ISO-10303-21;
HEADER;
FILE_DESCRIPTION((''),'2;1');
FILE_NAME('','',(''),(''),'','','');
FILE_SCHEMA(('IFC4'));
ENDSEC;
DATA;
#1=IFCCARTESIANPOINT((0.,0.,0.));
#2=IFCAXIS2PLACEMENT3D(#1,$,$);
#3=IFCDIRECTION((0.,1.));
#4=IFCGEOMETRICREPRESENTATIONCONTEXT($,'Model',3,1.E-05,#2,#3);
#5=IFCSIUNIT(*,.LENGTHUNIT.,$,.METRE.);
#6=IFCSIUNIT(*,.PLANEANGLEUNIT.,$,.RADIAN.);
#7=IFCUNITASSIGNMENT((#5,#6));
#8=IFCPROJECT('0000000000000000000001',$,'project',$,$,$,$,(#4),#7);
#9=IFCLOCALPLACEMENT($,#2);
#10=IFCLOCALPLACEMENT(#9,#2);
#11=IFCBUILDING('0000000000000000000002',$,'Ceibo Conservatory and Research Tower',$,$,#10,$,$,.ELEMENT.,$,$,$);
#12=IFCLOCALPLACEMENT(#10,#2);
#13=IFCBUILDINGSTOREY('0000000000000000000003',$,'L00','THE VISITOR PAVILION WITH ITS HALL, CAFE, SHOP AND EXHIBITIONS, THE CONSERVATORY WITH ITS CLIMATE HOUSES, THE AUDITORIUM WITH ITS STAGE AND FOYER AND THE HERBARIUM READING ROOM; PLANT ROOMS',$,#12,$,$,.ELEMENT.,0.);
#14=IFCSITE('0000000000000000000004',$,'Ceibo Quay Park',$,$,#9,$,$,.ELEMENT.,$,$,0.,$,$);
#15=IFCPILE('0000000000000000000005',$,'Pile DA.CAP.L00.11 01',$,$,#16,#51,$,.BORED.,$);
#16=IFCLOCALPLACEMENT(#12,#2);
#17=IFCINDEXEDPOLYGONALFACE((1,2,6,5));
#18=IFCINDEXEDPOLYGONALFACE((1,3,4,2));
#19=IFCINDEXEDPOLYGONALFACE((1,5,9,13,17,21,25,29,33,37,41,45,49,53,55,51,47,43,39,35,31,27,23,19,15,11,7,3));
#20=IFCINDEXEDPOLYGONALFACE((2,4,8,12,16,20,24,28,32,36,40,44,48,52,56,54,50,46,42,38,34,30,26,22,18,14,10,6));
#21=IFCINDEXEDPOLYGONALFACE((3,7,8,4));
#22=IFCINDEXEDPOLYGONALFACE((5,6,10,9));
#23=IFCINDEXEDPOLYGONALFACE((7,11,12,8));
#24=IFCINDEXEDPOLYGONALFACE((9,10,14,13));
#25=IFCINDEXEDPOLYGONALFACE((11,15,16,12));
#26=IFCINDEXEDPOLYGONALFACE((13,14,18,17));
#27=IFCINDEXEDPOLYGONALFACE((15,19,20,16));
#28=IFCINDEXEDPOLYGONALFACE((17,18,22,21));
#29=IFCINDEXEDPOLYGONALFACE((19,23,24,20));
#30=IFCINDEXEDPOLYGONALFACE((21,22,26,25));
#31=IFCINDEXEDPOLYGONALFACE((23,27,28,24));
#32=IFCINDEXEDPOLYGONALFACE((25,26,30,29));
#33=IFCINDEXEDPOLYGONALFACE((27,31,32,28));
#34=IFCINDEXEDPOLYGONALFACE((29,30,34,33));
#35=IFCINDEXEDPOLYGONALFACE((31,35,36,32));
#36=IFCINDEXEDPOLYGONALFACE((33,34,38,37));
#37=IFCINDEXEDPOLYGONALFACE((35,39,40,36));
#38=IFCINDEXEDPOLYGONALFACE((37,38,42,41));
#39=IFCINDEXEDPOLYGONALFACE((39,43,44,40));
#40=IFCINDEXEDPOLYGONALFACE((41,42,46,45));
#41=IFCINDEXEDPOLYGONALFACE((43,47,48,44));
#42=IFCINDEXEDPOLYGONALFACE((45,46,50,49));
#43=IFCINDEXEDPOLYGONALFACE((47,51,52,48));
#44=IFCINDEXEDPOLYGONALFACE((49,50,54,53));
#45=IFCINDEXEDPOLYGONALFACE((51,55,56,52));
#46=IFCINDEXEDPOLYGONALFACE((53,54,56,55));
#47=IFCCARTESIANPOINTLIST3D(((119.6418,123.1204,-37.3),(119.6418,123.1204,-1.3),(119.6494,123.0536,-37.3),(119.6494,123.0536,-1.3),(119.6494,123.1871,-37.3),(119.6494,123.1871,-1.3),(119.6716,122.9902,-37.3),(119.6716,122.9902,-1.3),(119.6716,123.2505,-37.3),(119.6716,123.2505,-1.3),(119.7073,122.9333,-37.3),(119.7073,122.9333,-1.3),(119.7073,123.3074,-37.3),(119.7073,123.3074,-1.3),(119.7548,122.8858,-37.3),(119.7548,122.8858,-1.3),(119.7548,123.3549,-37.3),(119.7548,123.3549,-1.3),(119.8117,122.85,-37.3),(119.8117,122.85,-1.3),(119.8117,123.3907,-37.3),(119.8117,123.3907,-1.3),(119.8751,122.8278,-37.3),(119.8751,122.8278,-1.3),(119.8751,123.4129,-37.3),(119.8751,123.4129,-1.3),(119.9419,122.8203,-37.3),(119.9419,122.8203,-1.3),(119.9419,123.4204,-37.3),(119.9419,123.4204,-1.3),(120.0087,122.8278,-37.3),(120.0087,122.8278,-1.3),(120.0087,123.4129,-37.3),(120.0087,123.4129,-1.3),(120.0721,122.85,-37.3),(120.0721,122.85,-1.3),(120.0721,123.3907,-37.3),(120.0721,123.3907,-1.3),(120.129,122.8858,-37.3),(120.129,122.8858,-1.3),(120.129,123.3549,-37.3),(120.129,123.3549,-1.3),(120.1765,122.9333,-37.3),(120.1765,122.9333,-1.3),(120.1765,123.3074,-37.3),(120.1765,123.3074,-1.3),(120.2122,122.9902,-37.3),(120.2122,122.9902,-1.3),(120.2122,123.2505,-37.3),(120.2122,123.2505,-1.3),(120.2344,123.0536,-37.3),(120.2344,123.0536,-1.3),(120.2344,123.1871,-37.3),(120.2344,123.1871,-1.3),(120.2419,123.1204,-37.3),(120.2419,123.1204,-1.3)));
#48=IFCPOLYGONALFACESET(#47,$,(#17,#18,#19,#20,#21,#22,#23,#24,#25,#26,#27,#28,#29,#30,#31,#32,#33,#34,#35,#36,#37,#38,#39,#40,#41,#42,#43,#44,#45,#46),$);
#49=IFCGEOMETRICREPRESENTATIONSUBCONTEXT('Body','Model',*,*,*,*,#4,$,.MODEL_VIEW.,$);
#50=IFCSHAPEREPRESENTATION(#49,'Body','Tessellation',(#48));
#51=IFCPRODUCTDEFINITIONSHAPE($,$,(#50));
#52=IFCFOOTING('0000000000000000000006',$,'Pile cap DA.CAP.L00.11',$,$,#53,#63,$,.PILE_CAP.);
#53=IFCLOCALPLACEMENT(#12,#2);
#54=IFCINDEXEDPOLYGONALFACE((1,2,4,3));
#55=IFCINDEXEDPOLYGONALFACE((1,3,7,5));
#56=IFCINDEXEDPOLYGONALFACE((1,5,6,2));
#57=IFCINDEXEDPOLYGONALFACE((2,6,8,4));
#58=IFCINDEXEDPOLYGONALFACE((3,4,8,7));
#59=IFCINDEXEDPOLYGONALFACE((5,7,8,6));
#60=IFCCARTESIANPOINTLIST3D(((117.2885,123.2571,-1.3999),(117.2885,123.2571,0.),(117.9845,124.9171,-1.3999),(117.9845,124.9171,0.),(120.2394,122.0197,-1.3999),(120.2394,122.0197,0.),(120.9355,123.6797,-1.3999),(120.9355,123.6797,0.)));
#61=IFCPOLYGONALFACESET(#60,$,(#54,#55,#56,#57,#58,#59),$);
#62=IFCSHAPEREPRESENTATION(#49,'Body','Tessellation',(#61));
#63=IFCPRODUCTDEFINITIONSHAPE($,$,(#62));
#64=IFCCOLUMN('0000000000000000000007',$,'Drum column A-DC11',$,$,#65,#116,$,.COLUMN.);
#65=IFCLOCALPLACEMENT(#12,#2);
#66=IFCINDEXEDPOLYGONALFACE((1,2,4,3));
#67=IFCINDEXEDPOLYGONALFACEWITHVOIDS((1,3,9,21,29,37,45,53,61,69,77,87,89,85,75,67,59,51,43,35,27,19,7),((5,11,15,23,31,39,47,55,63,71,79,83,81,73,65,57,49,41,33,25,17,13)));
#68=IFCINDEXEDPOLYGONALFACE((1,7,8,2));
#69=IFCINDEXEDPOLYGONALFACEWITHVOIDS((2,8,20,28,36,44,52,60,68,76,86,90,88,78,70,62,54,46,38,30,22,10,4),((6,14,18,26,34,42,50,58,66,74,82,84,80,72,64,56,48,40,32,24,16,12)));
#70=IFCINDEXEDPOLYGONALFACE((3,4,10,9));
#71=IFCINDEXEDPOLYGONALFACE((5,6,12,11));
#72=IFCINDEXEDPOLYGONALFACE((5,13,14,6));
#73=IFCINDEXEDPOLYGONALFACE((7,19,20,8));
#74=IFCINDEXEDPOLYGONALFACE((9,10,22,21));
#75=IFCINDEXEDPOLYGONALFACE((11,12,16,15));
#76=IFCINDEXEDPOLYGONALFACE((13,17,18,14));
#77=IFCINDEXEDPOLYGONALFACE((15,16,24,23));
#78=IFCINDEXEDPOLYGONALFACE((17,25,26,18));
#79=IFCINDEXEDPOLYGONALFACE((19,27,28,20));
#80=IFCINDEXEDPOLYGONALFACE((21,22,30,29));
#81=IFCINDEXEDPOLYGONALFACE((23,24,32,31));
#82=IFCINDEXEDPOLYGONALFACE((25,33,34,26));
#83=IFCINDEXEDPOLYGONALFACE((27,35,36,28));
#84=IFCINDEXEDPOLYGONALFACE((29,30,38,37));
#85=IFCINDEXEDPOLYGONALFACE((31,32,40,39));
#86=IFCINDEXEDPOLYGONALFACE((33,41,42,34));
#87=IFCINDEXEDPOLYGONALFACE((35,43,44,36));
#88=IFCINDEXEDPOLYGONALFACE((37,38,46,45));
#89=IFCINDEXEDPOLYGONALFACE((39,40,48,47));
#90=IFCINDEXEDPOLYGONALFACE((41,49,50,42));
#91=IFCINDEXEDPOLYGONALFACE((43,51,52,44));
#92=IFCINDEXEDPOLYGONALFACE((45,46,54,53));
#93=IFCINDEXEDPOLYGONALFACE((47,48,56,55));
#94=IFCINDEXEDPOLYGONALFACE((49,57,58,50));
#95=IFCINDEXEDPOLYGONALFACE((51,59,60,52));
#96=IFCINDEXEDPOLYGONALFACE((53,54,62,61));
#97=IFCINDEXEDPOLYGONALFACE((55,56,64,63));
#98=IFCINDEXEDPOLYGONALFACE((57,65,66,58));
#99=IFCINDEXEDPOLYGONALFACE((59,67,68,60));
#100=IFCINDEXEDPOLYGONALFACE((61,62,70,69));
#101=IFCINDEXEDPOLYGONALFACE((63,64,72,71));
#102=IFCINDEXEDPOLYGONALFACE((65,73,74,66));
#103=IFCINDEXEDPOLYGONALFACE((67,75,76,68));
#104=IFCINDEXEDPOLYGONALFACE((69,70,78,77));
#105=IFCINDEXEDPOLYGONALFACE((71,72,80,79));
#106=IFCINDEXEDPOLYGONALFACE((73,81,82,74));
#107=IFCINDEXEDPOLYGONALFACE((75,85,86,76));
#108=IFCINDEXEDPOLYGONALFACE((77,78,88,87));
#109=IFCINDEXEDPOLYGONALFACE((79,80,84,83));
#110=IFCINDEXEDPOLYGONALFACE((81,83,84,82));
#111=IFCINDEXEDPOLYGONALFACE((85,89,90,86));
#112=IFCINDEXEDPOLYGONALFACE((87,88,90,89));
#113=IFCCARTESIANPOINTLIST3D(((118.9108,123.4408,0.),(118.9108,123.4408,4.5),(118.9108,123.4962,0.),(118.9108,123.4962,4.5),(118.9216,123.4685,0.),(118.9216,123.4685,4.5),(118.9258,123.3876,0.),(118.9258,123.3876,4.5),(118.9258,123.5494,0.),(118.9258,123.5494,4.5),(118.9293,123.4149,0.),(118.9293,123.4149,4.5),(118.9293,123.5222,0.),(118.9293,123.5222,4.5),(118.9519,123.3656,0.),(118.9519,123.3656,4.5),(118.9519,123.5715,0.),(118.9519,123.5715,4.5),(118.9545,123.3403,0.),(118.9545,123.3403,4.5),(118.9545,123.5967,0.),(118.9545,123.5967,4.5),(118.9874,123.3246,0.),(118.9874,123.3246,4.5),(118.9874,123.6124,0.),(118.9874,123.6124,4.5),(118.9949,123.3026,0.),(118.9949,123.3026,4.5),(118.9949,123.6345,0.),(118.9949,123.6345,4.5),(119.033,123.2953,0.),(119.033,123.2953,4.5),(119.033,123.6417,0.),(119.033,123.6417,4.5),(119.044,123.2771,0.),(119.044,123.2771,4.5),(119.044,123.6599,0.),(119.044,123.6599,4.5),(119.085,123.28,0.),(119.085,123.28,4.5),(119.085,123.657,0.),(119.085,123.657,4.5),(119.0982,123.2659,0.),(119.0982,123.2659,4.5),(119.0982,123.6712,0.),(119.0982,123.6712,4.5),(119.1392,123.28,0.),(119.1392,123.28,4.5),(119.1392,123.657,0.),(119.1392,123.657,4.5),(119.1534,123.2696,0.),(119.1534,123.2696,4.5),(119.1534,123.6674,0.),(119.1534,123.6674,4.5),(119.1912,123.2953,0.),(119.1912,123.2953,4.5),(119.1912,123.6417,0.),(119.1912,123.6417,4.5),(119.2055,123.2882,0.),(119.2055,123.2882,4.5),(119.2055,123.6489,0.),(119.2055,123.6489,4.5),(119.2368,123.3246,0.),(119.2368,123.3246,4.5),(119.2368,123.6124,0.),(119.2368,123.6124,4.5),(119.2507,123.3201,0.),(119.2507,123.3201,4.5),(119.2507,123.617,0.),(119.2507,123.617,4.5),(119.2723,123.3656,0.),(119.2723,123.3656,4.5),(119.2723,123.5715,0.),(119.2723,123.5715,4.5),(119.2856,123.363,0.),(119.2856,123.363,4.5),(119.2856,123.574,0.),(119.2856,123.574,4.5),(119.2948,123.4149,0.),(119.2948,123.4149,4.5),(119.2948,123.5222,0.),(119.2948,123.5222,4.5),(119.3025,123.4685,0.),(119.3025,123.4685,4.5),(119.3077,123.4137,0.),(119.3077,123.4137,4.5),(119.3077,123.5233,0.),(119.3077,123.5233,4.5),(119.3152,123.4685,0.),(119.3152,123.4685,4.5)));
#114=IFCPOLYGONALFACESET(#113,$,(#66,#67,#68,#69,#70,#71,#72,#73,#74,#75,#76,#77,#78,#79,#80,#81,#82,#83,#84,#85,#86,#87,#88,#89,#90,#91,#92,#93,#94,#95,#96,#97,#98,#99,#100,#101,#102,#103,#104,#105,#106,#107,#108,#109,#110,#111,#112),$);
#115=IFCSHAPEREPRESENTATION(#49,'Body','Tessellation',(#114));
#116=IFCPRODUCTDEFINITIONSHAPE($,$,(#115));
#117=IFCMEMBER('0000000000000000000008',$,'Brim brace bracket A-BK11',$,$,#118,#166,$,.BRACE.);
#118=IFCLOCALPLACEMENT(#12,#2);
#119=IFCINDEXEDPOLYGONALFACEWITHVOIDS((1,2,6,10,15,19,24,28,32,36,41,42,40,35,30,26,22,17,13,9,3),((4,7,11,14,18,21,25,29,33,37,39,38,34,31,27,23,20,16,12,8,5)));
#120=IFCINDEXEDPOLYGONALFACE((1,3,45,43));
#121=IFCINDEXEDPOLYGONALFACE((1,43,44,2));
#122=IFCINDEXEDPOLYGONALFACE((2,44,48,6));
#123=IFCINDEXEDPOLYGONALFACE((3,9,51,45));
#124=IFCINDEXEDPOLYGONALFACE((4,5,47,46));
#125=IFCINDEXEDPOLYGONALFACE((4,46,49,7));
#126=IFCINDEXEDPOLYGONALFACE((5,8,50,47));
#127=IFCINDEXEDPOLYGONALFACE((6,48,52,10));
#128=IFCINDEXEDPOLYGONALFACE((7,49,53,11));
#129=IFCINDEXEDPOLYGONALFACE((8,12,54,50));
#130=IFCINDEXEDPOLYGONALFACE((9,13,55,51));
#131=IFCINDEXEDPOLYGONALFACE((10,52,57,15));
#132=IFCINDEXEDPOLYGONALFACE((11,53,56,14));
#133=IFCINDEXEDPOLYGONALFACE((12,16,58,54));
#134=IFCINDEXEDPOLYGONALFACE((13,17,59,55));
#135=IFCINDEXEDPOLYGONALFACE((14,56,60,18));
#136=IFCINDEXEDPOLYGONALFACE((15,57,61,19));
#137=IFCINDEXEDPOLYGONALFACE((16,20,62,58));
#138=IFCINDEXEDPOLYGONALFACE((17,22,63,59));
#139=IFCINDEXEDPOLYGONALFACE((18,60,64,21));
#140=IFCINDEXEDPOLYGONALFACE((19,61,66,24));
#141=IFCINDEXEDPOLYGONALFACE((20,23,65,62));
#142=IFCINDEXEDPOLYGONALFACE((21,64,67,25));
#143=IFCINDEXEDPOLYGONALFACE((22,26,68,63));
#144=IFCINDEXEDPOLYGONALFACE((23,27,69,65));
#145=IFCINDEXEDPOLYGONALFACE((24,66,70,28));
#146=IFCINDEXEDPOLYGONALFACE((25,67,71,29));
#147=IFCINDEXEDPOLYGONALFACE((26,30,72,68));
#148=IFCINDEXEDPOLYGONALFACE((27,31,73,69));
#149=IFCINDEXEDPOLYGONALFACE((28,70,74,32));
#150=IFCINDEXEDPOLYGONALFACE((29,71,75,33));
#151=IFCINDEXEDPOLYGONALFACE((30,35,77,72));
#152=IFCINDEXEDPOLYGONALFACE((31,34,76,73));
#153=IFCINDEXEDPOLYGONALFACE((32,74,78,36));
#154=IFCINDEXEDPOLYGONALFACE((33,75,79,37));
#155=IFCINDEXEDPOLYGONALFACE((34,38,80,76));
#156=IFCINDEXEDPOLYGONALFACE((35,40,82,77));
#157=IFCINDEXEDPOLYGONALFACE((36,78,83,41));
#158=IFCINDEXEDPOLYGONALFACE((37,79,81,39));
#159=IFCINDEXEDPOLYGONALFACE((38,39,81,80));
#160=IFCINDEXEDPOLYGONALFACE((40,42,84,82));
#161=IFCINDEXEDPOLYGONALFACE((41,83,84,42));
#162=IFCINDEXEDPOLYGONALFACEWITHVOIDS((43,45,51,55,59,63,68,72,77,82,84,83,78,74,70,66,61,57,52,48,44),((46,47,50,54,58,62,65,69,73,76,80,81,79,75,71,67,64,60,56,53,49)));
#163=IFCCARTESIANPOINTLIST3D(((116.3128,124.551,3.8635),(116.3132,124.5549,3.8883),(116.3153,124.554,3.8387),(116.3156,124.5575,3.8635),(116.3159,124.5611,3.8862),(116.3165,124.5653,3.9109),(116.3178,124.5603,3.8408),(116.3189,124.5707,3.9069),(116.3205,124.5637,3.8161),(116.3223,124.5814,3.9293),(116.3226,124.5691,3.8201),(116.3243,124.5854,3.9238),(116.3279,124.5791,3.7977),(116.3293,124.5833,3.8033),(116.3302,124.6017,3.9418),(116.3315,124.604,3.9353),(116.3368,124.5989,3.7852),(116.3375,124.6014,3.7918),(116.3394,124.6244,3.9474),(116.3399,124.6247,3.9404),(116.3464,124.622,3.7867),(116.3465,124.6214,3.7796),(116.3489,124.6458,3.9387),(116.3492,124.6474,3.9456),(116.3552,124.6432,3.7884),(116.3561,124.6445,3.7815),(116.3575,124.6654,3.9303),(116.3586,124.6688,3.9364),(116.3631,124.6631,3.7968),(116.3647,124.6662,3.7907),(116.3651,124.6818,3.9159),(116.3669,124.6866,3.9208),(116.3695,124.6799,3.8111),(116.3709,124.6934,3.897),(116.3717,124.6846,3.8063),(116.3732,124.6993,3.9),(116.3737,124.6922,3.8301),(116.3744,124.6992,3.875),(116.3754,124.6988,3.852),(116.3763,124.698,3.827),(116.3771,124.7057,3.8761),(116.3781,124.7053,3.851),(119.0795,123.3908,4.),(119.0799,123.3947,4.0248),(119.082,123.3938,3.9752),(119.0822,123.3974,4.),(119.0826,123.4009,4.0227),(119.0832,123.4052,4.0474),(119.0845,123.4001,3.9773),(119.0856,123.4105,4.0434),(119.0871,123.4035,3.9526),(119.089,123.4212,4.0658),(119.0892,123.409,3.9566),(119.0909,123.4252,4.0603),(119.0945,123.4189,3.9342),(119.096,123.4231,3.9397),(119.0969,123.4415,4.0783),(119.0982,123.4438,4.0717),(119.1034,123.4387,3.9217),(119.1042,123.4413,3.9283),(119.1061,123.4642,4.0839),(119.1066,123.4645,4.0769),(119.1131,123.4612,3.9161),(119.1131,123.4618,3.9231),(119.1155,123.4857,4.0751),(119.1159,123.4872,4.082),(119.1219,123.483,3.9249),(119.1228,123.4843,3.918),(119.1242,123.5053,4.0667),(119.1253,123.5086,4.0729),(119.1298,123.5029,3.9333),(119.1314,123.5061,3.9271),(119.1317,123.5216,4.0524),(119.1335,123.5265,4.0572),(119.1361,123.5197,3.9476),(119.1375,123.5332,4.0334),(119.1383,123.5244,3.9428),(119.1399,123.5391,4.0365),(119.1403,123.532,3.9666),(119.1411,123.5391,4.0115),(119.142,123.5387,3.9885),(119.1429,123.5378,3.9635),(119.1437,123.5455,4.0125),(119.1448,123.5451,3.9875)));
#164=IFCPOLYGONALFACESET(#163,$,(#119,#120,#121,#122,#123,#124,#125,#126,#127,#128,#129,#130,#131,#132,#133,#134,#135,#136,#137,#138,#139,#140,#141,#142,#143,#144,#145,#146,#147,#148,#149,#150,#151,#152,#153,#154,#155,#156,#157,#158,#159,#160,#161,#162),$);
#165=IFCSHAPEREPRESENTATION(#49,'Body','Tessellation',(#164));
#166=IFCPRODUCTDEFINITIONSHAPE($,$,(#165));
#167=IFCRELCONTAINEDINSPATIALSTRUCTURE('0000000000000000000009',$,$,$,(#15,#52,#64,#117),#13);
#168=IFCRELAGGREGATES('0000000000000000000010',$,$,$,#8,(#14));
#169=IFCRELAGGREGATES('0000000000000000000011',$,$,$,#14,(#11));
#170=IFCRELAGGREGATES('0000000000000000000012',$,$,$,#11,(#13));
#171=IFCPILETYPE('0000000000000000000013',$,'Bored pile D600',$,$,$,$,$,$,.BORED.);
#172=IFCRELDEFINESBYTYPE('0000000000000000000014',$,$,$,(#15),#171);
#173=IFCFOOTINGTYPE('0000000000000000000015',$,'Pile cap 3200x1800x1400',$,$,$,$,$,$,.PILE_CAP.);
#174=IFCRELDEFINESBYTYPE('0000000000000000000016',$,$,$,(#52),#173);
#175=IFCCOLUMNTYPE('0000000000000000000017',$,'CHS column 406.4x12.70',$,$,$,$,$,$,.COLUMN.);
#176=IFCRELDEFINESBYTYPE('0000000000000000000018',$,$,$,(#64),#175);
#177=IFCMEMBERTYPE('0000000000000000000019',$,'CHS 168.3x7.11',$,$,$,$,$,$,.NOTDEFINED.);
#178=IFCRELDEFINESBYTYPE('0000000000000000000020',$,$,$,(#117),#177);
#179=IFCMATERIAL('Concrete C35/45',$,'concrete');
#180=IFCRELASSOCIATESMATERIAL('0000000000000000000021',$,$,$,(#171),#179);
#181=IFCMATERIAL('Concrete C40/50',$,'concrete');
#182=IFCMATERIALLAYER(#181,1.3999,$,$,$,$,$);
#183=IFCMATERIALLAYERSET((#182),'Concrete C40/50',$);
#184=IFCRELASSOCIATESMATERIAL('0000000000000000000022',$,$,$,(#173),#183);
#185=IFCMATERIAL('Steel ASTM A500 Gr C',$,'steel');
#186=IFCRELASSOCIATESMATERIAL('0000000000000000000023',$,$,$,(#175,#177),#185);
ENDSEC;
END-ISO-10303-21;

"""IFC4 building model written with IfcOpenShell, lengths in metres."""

from ifc_helpers import new_model, si_unit, direction, frame, origin, origin_2d, place, context, subcontext, project, spatial, polyline, circle, hollow_circle, outline, extrude, material, layer, layer_set, material_profile, profile_set, type_object, element, save


model = new_model("IFC4")

# Units and contexts
model_context = context("Model", 3, precision=1e-05, world=origin(), true_north=direction((0.0, 1.0)))
body_context = subcontext(model_context, "Body", "Model", "MODEL_VIEW")
ifc_project = project(units=[si_unit("LENGTHUNIT", "METRE"), si_unit("PLANEANGLEUNIT", "RADIAN")], contexts=[model_context])

# Site, building, storey
site_placement = place(None, origin())
site = spatial("IfcSite", under=ifc_project, at=site_placement, Name="Ceibo Quay Park", CompositionType="ELEMENT", RefElevation=0.0)
building_placement = place(site_placement, origin())
building = spatial("IfcBuilding", under=site, at=building_placement, Name="Ceibo Conservatory and Research Tower", CompositionType="ELEMENT")
storey_placement = place(building_placement, origin())
storey = spatial("IfcBuildingStorey", under=building, at=storey_placement, Name="L00", Description="THE VISITOR PAVILION WITH ITS HALL, CAFE, SHOP AND EXHIBITIONS, THE CONSERVATORY WITH ITS CLIMATE HOUSES, THE AUDITORIUM WITH ITS STAGE AND FOYER AND THE HERBARIUM READING ROOM; PLANT ROOMS", CompositionType="ELEMENT", Elevation=0.0)

# Pile
ifc_material_1 = material(Name="Concrete C35/45", Category="concrete")
ifc_material_profile_1 = material_profile(ifc_material_1, circle(Radius=0.3, at=origin_2d()), Name="RC D600")
ifc_profile_set_1 = profile_set([ifc_material_profile_1], Name="Concrete C35/45")
pile_type = type_object("IfcPileType", Name="Bored pile D600", PredefinedType="BORED", material=ifc_profile_set_1)
pile_placement = place(storey_placement, frame((119.9419, 123.1204, -1.3), z_axis=(0.0, 0.0, -1.0), x_axis=(1.0, 0.0, 0.0)))
element("IfcPile", 1, at=pile_placement, inside=storey, type_object=pile_type, Name="Pile DA.CAP.L00.11 01", PredefinedType="BORED", context=body_context, shape_type="SweptSolid", body=[
    extrude(circle(Radius=0.3, at=origin_2d()), origin(), (0.0, 0.0, 1.0), 36.0),
])

# Footing
ifc_material_2 = material(Name="Concrete C40/50", Category="concrete")
ifc_layer_1 = layer(ifc_material_2, 1.3999)
ifc_layer_set_1 = layer_set([ifc_layer_1], Name="Concrete C40/50")
footing_type = type_object("IfcFootingType", Name="Pile cap 3200x1800x1400", PredefinedType="PILE_CAP", material=ifc_layer_set_1)
footing_placement = place(storey_placement, frame((120.9355, 123.6797, -1.3999), z_axis=(0.0, 0.0, 1.0), x_axis=(-0.922201, 0.386711, 0.0)))
element("IfcFooting", 2, at=footing_placement, inside=storey, type_object=footing_type, Name="Pile cap DA.CAP.L00.11", PredefinedType="PILE_CAP", context=body_context, shape_type="SweptSolid", body=[
    extrude(outline(polyline([(0.0, 0.0), (3.2, 0.0), (3.2, 1.8), (0.0, 1.8), (0.0, 0.0)])), origin(), (0.0, 0.0, 1.0), 1.3999),
])

# Column
ifc_material_3 = material(Name="Steel ASTM A500 Gr C", Category="steel")
ifc_material_profile_2 = material_profile(ifc_material_3, hollow_circle(Radius=0.2031, WallThickness=0.0127, at=origin_2d()), Name="CHS column 406.4x12.70")
ifc_profile_set_2 = profile_set([ifc_material_profile_2], Name="Steel ASTM A500 Gr C")
column_type = type_object("IfcColumnType", Name="CHS column 406.4x12.70", PredefinedType="COLUMN", material=ifc_profile_set_2)
column_placement = place(storey_placement, frame((119.1121, 123.4685, 0.0), z_axis=(0.0, 0.0, 1.0), x_axis=(1.0, 0.0, 0.0)))
element("IfcColumn", 3, at=column_placement, inside=storey, type_object=column_type, Name="Drum column A-DC11", PredefinedType="COLUMN", context=body_context, shape_type="SweptSolid", body=[
    extrude(hollow_circle(Radius=0.2031, WallThickness=0.0127, at=origin_2d()), origin(), (0.0, 0.0, 1.0), 4.5),
])

# Member
ifc_material_profile_3 = material_profile(ifc_material_3, hollow_circle(Radius=0.0842, WallThickness=0.0071, at=origin_2d()), Name="CHS 168.3x7.11")
ifc_profile_set_3 = profile_set([ifc_material_profile_3], Name="Steel ASTM A500 Gr C")
member_type_1 = type_object("IfcMemberType", Name="CHS 168.3x7.11", PredefinedType="NOTDEFINED", material=ifc_profile_set_3)
member_1_placement = place(storey_placement, frame((119.1121, 123.4685, 4.0), z_axis=(-0.921245, 0.386318, -0.045444), x_axis=(-0.386718, -0.922198, 0.0)))
element("IfcMember", 4, at=member_1_placement, inside=storey, type_object=member_type_1, Name="Brim brace bracket A-BK11", PredefinedType="BRACE", context=body_context, shape_type="SweptSolid", body=[
    extrude(hollow_circle(Radius=0.0842, WallThickness=0.0071, at=origin_2d()), origin(), (0.0, 0.0, 1.0), 3.0032),
])

save(model, "model.ifc")
